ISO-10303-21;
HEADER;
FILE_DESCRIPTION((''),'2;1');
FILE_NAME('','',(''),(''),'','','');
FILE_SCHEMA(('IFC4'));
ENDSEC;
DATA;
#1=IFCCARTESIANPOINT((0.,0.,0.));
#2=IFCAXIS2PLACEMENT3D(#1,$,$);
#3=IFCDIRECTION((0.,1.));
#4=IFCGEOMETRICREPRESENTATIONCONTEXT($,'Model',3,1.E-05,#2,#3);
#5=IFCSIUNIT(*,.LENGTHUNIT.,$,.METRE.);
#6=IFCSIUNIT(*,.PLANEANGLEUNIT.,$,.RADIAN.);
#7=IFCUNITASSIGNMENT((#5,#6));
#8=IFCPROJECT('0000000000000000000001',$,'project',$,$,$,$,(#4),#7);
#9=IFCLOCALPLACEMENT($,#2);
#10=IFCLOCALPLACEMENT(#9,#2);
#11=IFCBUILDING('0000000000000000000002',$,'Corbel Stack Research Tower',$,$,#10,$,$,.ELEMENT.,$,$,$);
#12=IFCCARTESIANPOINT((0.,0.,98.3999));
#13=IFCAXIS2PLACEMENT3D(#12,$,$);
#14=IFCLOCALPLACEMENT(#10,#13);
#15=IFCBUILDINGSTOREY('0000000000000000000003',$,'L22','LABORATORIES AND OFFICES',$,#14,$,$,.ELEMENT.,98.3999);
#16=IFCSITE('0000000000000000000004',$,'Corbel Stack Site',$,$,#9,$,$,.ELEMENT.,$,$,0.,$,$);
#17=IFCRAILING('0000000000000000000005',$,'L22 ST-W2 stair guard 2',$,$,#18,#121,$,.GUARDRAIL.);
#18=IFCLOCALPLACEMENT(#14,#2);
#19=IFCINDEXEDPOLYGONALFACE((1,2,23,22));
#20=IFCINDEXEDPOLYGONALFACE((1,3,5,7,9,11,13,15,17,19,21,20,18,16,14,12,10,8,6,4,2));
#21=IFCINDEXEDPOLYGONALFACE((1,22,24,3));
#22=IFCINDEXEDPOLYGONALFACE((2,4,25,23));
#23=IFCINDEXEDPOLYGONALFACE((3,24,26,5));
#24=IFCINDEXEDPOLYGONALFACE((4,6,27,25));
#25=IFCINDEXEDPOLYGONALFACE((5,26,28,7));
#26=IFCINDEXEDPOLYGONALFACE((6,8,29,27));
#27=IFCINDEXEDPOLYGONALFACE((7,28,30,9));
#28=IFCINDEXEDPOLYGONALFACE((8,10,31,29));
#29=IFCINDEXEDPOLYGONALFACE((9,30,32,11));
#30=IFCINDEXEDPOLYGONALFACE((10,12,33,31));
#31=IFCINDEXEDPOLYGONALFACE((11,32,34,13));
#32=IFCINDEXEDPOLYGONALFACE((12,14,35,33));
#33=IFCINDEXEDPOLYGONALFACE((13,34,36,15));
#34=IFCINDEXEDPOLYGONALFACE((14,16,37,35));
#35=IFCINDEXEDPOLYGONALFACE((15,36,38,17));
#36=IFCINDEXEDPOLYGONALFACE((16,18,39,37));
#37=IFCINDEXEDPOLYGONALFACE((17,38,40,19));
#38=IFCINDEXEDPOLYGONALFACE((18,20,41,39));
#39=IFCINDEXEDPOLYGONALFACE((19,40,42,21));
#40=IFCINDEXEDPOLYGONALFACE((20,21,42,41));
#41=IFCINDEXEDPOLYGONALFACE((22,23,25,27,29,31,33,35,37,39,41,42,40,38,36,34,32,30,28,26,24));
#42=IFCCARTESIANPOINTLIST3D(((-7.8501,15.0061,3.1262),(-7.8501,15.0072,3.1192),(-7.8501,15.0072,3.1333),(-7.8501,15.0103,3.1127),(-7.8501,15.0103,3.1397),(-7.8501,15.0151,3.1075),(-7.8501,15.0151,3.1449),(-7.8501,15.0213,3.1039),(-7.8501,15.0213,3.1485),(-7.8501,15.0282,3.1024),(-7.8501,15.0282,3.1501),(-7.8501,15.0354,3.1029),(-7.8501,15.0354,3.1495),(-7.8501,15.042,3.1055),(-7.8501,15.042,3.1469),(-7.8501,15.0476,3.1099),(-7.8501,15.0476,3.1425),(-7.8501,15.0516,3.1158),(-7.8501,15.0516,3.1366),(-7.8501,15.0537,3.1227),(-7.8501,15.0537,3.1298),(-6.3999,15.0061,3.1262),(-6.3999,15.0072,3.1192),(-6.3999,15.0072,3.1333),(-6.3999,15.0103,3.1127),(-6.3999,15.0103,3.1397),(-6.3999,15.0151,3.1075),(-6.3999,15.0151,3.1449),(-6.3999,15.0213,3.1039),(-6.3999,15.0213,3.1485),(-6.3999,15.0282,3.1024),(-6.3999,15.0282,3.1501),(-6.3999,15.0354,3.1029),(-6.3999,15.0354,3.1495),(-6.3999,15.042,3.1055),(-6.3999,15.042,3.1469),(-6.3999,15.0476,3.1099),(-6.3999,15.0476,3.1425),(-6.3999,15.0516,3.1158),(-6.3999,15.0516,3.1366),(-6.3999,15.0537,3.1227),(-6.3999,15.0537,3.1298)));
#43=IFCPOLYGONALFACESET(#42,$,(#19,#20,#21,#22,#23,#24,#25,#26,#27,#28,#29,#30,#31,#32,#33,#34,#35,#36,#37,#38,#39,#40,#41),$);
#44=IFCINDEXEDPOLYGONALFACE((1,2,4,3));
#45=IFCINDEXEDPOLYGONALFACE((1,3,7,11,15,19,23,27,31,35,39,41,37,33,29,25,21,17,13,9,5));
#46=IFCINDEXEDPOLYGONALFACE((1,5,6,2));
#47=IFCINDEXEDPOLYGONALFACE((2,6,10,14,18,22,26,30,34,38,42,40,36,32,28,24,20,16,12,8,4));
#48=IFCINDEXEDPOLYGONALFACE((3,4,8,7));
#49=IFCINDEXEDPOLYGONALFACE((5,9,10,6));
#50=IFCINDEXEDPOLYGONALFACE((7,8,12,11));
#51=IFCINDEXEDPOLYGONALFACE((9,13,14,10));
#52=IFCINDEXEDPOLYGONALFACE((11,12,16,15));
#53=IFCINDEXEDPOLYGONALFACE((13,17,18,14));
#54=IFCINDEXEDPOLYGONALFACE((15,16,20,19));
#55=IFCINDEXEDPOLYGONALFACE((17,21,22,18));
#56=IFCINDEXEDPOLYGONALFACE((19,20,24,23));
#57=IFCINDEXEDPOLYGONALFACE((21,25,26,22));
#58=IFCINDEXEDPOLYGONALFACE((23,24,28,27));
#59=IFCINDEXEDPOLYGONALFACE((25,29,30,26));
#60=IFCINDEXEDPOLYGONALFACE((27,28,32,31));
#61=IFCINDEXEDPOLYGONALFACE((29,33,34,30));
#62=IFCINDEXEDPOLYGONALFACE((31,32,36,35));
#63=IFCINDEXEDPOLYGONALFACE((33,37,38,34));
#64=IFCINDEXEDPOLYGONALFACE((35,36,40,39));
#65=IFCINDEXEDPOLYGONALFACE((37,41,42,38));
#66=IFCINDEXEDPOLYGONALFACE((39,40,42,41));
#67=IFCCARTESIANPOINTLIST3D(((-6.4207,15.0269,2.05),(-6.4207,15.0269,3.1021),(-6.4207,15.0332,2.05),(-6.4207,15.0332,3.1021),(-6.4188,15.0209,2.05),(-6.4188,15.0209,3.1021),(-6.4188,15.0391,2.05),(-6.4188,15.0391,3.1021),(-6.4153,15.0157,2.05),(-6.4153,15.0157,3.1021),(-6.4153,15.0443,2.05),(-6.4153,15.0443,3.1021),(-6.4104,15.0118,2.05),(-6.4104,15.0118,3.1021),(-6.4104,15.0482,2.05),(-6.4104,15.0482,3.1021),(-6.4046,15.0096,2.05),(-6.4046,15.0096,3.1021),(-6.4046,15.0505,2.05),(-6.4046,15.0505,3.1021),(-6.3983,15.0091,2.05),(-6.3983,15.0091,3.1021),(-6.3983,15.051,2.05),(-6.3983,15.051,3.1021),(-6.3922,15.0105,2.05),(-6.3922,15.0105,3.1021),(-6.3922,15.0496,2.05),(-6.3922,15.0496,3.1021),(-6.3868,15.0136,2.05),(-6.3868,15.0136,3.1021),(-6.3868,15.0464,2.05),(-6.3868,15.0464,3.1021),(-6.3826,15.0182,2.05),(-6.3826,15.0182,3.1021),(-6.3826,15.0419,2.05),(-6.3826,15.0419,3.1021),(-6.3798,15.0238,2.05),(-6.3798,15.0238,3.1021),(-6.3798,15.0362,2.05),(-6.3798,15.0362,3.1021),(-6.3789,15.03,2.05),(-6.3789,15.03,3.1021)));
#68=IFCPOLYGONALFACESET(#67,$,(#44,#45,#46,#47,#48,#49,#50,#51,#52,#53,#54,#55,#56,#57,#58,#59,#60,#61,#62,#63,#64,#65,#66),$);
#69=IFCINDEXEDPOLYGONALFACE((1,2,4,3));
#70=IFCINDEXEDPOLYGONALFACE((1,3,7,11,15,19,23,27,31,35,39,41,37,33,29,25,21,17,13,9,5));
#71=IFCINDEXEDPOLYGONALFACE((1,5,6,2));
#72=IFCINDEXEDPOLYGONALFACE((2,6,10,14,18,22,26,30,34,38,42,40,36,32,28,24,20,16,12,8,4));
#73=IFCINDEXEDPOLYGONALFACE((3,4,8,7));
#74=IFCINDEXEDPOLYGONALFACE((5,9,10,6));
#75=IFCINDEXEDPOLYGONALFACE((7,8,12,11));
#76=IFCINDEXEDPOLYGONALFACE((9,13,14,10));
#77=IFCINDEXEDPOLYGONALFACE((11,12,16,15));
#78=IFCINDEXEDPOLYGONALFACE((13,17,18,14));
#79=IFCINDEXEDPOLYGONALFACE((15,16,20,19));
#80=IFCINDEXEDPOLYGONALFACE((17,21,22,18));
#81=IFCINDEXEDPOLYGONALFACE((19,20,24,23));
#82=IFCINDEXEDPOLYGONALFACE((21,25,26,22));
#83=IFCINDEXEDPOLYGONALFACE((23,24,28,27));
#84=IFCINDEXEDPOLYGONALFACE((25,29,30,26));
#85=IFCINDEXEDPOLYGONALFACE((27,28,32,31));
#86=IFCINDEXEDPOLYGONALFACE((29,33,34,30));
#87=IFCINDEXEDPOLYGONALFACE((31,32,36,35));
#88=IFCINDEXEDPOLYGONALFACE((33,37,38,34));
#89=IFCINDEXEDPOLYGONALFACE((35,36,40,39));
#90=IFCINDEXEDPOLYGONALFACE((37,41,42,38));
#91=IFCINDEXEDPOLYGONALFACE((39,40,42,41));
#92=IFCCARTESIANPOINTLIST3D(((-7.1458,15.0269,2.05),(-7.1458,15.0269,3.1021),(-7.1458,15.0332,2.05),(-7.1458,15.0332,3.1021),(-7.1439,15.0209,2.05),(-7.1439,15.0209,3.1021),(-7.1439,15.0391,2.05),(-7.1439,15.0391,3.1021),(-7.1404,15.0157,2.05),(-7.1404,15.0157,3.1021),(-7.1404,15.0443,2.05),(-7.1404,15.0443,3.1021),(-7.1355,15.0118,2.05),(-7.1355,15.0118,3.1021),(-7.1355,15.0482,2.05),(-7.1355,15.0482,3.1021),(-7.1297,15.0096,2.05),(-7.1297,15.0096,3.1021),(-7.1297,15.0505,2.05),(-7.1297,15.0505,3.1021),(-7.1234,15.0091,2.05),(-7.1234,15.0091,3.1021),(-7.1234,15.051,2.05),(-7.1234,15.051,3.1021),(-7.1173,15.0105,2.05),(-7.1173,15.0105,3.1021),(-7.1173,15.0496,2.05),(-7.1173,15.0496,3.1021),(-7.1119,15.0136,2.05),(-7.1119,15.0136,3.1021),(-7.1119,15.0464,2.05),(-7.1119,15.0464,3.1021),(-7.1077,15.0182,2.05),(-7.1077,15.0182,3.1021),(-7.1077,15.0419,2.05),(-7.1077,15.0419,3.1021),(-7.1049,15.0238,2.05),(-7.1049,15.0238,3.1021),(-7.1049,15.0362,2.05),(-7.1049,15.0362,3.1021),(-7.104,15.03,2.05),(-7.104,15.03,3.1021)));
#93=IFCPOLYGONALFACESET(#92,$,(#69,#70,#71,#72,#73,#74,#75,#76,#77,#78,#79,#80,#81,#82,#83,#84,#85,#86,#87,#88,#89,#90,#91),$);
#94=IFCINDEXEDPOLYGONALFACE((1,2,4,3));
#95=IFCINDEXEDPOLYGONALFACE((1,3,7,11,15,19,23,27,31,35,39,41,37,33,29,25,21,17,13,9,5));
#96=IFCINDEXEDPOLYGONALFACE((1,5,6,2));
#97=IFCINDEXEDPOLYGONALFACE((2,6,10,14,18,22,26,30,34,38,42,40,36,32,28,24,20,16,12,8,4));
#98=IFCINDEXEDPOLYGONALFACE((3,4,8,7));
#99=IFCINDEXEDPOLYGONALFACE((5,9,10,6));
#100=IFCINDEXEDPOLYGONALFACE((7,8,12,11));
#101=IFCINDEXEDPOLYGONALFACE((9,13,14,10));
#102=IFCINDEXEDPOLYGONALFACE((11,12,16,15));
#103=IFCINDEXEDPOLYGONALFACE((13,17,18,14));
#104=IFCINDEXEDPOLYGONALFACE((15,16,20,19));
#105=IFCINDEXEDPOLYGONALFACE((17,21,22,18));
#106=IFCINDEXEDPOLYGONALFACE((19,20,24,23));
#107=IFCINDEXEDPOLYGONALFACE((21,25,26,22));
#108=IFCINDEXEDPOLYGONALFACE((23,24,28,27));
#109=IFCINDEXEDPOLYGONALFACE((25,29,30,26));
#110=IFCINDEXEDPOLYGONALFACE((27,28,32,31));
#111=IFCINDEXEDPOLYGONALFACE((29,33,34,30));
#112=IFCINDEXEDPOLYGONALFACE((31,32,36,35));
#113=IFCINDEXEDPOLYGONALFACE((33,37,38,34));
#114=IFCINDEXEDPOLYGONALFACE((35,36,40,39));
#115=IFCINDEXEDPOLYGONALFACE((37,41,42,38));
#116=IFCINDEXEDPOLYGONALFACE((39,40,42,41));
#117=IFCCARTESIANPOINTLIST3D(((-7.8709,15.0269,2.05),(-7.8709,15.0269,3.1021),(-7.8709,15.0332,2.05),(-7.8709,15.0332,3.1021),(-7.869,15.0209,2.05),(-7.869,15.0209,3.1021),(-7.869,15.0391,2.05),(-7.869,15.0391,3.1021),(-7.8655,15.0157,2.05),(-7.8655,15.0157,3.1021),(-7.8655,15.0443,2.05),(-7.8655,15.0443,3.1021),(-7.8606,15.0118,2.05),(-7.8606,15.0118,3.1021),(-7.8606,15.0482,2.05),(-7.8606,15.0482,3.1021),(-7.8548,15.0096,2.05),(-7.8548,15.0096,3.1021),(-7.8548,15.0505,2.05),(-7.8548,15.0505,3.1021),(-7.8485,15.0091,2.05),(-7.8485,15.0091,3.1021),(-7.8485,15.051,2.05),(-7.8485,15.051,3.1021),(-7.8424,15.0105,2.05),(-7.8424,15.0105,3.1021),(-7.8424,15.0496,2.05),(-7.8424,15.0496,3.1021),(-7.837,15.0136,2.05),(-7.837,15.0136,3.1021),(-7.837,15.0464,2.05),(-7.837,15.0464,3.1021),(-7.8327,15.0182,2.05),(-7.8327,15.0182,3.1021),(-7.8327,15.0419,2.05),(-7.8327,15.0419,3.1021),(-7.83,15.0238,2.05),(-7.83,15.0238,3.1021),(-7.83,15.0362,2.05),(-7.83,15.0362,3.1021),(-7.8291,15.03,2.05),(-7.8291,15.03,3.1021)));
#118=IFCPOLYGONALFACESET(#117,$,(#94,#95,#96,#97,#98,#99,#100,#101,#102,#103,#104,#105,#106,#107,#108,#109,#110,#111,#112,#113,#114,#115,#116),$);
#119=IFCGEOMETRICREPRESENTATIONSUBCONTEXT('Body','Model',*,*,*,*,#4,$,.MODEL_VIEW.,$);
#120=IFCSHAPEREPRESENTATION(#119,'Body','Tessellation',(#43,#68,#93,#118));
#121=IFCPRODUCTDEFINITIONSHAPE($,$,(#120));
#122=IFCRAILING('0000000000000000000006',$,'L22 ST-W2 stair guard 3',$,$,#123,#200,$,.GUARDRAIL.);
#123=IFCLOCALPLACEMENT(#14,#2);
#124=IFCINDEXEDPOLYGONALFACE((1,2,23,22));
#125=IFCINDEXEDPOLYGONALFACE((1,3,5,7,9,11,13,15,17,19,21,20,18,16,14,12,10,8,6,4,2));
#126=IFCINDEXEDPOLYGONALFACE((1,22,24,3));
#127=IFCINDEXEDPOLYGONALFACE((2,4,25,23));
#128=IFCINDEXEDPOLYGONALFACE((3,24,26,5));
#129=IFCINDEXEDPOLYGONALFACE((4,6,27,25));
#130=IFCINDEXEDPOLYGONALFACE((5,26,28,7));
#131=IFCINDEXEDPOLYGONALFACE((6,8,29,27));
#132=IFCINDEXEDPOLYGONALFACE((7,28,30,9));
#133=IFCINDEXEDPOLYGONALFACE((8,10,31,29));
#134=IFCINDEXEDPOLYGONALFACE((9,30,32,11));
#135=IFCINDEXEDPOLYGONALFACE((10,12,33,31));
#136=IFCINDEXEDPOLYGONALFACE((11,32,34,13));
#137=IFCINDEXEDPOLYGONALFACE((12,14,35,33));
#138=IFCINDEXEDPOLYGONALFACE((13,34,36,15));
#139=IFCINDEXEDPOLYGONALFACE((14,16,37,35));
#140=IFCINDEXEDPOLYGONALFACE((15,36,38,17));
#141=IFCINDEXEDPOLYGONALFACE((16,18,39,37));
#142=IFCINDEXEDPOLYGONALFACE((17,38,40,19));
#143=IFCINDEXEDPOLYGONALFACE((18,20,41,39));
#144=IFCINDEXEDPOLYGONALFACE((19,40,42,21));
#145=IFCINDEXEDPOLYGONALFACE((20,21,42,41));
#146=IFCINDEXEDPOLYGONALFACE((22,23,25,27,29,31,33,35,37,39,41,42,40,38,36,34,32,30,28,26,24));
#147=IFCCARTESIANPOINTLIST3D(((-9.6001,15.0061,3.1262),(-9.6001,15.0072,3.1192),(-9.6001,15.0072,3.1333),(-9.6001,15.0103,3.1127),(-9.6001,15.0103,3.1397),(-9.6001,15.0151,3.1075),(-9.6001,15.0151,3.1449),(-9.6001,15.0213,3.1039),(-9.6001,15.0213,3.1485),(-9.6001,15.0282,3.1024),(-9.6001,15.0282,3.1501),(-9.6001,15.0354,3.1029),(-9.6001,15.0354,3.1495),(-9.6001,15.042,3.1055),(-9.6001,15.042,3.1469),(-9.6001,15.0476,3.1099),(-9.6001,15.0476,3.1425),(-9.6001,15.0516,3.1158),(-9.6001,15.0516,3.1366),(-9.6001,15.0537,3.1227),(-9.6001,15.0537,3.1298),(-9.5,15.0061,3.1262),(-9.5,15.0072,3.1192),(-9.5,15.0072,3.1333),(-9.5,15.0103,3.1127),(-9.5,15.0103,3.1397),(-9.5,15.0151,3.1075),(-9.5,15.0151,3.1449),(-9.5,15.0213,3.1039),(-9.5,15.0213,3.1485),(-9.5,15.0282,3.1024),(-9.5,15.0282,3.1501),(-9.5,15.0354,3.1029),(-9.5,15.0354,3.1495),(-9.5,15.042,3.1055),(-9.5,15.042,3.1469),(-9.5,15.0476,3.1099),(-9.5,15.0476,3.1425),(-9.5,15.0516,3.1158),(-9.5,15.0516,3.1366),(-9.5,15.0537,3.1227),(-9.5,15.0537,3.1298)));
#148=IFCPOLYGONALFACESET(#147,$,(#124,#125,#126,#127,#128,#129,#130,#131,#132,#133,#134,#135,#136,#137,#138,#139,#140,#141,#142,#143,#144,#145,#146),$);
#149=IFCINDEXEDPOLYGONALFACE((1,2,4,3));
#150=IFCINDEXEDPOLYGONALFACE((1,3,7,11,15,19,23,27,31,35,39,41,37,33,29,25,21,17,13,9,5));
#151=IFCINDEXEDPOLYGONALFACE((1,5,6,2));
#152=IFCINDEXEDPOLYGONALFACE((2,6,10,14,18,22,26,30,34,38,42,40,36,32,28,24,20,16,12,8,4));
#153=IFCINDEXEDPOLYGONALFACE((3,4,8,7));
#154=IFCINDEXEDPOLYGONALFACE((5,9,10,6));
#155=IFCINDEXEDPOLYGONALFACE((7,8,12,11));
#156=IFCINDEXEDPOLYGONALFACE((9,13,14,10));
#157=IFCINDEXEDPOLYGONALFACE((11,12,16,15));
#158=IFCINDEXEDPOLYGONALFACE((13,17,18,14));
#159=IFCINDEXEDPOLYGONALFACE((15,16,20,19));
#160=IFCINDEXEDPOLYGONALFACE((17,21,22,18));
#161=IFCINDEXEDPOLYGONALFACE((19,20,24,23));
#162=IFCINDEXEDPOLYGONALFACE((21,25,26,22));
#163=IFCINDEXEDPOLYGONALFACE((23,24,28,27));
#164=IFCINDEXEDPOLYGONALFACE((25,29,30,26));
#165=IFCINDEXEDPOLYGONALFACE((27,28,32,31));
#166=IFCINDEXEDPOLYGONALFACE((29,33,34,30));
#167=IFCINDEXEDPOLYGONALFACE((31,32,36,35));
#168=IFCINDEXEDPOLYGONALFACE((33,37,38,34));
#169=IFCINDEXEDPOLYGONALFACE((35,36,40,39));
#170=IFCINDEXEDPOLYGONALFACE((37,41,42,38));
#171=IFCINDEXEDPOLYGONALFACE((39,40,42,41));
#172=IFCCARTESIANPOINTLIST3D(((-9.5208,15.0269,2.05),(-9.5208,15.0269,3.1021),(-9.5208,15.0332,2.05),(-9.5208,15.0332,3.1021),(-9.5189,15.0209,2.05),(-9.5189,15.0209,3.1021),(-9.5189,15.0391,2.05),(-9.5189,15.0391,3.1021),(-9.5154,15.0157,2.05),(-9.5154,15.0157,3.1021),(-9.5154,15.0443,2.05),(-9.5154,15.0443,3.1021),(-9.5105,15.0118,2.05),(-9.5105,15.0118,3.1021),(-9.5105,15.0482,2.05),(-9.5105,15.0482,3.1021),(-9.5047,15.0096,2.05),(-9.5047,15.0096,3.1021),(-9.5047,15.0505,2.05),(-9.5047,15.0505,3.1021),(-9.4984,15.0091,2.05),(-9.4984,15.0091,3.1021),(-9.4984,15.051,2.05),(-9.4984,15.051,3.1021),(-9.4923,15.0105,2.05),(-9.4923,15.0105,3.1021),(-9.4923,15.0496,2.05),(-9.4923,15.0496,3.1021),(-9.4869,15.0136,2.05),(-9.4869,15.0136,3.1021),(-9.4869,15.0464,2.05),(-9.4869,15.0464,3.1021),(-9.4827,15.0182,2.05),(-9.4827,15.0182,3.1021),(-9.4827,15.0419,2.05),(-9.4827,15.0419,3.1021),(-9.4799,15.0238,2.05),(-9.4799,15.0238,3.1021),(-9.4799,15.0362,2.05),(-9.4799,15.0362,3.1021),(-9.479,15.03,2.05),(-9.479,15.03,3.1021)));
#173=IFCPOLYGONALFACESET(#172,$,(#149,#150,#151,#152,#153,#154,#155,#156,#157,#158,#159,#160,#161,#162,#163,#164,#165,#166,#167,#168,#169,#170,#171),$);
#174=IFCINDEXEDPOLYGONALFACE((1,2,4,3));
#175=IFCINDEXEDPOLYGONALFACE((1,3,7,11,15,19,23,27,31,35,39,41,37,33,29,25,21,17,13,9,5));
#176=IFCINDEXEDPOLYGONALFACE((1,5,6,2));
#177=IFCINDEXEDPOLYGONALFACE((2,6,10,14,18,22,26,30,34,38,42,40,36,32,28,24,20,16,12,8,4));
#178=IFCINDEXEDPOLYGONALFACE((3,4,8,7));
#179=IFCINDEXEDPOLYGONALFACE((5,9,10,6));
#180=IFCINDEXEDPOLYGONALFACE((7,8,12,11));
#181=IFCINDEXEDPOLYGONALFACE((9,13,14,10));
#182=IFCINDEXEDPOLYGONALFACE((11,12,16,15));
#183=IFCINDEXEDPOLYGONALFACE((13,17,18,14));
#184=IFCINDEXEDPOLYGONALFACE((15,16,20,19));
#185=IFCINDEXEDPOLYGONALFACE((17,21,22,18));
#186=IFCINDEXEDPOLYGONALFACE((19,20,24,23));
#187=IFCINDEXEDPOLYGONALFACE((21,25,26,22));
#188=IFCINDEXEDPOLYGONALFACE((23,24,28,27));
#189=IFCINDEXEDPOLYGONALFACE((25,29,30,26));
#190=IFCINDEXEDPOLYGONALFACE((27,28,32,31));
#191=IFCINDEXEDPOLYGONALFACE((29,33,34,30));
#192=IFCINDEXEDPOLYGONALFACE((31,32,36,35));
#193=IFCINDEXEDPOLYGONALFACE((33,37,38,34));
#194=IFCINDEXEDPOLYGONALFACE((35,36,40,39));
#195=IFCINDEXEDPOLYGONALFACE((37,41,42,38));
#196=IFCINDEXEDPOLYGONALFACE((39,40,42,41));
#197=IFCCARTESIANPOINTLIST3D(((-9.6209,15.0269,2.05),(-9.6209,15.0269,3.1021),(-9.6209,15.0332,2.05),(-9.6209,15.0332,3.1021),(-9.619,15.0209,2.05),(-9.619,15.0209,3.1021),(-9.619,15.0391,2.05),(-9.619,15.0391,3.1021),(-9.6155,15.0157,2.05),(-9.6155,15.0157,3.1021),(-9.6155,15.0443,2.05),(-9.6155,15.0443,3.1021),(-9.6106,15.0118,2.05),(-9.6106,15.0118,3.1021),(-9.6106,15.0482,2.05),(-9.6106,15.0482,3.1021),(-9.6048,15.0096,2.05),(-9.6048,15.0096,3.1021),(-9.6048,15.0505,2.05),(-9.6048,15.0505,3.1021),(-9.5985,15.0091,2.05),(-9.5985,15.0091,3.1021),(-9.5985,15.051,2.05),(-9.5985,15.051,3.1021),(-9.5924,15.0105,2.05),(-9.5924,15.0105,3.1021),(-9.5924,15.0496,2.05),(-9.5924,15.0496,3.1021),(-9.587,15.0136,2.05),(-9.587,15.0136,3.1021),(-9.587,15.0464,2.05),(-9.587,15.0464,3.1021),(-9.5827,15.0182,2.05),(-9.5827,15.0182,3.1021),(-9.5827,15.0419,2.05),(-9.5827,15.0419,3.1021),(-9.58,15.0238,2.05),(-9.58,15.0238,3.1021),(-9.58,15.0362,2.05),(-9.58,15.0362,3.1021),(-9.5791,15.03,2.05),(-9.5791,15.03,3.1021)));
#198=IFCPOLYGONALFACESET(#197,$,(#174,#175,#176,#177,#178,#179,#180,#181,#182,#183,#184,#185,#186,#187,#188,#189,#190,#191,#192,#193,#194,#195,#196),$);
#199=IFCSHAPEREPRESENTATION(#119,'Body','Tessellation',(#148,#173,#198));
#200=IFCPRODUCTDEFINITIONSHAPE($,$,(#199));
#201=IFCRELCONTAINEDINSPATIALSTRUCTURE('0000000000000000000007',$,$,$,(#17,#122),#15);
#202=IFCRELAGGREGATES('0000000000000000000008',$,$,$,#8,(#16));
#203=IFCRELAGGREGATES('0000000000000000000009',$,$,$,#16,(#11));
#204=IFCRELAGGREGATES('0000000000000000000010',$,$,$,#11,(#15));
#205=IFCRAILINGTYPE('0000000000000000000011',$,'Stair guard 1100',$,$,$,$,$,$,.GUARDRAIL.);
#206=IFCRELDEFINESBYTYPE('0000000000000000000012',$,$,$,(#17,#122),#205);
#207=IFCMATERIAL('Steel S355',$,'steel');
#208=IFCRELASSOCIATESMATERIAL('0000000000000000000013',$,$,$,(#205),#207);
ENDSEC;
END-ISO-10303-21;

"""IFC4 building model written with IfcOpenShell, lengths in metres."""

from ifc_helpers import new_model, si_unit, direction, frame, origin, origin_2d, place, context, subcontext, project, spatial, circle, extrude, material, type_object, element, save


model = new_model("IFC4")

# Units and contexts
model_context = context("Model", 3, precision=1e-05, world=origin(), true_north=direction((0.0, 1.0)))
body_context = subcontext(model_context, "Body", "Model", "MODEL_VIEW")
ifc_project = project(units=[si_unit("LENGTHUNIT", "METRE"), si_unit("PLANEANGLEUNIT", "RADIAN")], contexts=[model_context])

# Site, building, storey
site_placement = place(None, origin())
site = spatial("IfcSite", under=ifc_project, at=site_placement, Name="Corbel Stack Site", CompositionType="ELEMENT", RefElevation=0.0)
building_placement = place(site_placement, origin())
building = spatial("IfcBuilding", under=site, at=building_placement, Name="Corbel Stack Research Tower", CompositionType="ELEMENT")
storey_placement = place(building_placement, frame((0.0, 0.0, 98.3999)))
storey = spatial("IfcBuildingStorey", under=building, at=storey_placement, Name="L22", Description="LABORATORIES AND OFFICES", CompositionType="ELEMENT", Elevation=98.3999)

# Railings
ifc_material_1 = material(Name="Steel S355", Category="steel")
railing_type_1 = type_object("IfcRailingType", Name="Stair guard 1100", PredefinedType="GUARDRAIL", material=ifc_material_1)
railing_1_placement = place(storey_placement, frame((-6.3999, 15.03, 2.05)))
element("IfcRailing", 1, at=railing_1_placement, inside=storey, type_object=railing_type_1, Name="L22 ST-W2 stair guard 2", PredefinedType="GUARDRAIL", context=body_context, shape_type="SweptSolid", body=[
    extrude(circle(Radius=0.0239, at=origin_2d()), frame((0.0, 0.0, 1.0762), z_axis=(-1.0, 0.0, 0.0), x_axis=(0.0, -1.0, 0.0)), (0.0, 0.0, 1.0), 1.4502),
    extrude(circle(Radius=0.021, at=origin_2d()), origin(), (0.0, 0.0, 1.0), 1.052),
    extrude(circle(Radius=0.021, at=origin_2d()), frame((-0.7251, 0.0, 0.0)), (0.0, 0.0, 1.0), 1.052),
    extrude(circle(Radius=0.021, at=origin_2d()), frame((-1.4502, 0.0, 0.0)), (0.0, 0.0, 1.0), 1.052),
])
railing_2_placement = place(storey_placement, frame((-9.5, 15.03, 2.05)))
element("IfcRailing", 2, at=railing_2_placement, inside=storey, type_object=railing_type_1, Name="L22 ST-W2 stair guard 3", PredefinedType="GUARDRAIL", context=body_context, shape_type="SweptSolid", body=[
    extrude(circle(Radius=0.0239, at=origin_2d()), frame((0.0, 0.0, 1.0762), z_axis=(-1.0, 0.0, 0.0), x_axis=(0.0, -1.0, 0.0)), (0.0, 0.0, 1.0), 0.1001),
    extrude(circle(Radius=0.021, at=origin_2d()), origin(), (0.0, 0.0, 1.0), 1.052),
    extrude(circle(Radius=0.021, at=origin_2d()), frame((-0.1001, 0.0, 0.0)), (0.0, 0.0, 1.0), 1.052),
])

save(model, "model.ifc")
